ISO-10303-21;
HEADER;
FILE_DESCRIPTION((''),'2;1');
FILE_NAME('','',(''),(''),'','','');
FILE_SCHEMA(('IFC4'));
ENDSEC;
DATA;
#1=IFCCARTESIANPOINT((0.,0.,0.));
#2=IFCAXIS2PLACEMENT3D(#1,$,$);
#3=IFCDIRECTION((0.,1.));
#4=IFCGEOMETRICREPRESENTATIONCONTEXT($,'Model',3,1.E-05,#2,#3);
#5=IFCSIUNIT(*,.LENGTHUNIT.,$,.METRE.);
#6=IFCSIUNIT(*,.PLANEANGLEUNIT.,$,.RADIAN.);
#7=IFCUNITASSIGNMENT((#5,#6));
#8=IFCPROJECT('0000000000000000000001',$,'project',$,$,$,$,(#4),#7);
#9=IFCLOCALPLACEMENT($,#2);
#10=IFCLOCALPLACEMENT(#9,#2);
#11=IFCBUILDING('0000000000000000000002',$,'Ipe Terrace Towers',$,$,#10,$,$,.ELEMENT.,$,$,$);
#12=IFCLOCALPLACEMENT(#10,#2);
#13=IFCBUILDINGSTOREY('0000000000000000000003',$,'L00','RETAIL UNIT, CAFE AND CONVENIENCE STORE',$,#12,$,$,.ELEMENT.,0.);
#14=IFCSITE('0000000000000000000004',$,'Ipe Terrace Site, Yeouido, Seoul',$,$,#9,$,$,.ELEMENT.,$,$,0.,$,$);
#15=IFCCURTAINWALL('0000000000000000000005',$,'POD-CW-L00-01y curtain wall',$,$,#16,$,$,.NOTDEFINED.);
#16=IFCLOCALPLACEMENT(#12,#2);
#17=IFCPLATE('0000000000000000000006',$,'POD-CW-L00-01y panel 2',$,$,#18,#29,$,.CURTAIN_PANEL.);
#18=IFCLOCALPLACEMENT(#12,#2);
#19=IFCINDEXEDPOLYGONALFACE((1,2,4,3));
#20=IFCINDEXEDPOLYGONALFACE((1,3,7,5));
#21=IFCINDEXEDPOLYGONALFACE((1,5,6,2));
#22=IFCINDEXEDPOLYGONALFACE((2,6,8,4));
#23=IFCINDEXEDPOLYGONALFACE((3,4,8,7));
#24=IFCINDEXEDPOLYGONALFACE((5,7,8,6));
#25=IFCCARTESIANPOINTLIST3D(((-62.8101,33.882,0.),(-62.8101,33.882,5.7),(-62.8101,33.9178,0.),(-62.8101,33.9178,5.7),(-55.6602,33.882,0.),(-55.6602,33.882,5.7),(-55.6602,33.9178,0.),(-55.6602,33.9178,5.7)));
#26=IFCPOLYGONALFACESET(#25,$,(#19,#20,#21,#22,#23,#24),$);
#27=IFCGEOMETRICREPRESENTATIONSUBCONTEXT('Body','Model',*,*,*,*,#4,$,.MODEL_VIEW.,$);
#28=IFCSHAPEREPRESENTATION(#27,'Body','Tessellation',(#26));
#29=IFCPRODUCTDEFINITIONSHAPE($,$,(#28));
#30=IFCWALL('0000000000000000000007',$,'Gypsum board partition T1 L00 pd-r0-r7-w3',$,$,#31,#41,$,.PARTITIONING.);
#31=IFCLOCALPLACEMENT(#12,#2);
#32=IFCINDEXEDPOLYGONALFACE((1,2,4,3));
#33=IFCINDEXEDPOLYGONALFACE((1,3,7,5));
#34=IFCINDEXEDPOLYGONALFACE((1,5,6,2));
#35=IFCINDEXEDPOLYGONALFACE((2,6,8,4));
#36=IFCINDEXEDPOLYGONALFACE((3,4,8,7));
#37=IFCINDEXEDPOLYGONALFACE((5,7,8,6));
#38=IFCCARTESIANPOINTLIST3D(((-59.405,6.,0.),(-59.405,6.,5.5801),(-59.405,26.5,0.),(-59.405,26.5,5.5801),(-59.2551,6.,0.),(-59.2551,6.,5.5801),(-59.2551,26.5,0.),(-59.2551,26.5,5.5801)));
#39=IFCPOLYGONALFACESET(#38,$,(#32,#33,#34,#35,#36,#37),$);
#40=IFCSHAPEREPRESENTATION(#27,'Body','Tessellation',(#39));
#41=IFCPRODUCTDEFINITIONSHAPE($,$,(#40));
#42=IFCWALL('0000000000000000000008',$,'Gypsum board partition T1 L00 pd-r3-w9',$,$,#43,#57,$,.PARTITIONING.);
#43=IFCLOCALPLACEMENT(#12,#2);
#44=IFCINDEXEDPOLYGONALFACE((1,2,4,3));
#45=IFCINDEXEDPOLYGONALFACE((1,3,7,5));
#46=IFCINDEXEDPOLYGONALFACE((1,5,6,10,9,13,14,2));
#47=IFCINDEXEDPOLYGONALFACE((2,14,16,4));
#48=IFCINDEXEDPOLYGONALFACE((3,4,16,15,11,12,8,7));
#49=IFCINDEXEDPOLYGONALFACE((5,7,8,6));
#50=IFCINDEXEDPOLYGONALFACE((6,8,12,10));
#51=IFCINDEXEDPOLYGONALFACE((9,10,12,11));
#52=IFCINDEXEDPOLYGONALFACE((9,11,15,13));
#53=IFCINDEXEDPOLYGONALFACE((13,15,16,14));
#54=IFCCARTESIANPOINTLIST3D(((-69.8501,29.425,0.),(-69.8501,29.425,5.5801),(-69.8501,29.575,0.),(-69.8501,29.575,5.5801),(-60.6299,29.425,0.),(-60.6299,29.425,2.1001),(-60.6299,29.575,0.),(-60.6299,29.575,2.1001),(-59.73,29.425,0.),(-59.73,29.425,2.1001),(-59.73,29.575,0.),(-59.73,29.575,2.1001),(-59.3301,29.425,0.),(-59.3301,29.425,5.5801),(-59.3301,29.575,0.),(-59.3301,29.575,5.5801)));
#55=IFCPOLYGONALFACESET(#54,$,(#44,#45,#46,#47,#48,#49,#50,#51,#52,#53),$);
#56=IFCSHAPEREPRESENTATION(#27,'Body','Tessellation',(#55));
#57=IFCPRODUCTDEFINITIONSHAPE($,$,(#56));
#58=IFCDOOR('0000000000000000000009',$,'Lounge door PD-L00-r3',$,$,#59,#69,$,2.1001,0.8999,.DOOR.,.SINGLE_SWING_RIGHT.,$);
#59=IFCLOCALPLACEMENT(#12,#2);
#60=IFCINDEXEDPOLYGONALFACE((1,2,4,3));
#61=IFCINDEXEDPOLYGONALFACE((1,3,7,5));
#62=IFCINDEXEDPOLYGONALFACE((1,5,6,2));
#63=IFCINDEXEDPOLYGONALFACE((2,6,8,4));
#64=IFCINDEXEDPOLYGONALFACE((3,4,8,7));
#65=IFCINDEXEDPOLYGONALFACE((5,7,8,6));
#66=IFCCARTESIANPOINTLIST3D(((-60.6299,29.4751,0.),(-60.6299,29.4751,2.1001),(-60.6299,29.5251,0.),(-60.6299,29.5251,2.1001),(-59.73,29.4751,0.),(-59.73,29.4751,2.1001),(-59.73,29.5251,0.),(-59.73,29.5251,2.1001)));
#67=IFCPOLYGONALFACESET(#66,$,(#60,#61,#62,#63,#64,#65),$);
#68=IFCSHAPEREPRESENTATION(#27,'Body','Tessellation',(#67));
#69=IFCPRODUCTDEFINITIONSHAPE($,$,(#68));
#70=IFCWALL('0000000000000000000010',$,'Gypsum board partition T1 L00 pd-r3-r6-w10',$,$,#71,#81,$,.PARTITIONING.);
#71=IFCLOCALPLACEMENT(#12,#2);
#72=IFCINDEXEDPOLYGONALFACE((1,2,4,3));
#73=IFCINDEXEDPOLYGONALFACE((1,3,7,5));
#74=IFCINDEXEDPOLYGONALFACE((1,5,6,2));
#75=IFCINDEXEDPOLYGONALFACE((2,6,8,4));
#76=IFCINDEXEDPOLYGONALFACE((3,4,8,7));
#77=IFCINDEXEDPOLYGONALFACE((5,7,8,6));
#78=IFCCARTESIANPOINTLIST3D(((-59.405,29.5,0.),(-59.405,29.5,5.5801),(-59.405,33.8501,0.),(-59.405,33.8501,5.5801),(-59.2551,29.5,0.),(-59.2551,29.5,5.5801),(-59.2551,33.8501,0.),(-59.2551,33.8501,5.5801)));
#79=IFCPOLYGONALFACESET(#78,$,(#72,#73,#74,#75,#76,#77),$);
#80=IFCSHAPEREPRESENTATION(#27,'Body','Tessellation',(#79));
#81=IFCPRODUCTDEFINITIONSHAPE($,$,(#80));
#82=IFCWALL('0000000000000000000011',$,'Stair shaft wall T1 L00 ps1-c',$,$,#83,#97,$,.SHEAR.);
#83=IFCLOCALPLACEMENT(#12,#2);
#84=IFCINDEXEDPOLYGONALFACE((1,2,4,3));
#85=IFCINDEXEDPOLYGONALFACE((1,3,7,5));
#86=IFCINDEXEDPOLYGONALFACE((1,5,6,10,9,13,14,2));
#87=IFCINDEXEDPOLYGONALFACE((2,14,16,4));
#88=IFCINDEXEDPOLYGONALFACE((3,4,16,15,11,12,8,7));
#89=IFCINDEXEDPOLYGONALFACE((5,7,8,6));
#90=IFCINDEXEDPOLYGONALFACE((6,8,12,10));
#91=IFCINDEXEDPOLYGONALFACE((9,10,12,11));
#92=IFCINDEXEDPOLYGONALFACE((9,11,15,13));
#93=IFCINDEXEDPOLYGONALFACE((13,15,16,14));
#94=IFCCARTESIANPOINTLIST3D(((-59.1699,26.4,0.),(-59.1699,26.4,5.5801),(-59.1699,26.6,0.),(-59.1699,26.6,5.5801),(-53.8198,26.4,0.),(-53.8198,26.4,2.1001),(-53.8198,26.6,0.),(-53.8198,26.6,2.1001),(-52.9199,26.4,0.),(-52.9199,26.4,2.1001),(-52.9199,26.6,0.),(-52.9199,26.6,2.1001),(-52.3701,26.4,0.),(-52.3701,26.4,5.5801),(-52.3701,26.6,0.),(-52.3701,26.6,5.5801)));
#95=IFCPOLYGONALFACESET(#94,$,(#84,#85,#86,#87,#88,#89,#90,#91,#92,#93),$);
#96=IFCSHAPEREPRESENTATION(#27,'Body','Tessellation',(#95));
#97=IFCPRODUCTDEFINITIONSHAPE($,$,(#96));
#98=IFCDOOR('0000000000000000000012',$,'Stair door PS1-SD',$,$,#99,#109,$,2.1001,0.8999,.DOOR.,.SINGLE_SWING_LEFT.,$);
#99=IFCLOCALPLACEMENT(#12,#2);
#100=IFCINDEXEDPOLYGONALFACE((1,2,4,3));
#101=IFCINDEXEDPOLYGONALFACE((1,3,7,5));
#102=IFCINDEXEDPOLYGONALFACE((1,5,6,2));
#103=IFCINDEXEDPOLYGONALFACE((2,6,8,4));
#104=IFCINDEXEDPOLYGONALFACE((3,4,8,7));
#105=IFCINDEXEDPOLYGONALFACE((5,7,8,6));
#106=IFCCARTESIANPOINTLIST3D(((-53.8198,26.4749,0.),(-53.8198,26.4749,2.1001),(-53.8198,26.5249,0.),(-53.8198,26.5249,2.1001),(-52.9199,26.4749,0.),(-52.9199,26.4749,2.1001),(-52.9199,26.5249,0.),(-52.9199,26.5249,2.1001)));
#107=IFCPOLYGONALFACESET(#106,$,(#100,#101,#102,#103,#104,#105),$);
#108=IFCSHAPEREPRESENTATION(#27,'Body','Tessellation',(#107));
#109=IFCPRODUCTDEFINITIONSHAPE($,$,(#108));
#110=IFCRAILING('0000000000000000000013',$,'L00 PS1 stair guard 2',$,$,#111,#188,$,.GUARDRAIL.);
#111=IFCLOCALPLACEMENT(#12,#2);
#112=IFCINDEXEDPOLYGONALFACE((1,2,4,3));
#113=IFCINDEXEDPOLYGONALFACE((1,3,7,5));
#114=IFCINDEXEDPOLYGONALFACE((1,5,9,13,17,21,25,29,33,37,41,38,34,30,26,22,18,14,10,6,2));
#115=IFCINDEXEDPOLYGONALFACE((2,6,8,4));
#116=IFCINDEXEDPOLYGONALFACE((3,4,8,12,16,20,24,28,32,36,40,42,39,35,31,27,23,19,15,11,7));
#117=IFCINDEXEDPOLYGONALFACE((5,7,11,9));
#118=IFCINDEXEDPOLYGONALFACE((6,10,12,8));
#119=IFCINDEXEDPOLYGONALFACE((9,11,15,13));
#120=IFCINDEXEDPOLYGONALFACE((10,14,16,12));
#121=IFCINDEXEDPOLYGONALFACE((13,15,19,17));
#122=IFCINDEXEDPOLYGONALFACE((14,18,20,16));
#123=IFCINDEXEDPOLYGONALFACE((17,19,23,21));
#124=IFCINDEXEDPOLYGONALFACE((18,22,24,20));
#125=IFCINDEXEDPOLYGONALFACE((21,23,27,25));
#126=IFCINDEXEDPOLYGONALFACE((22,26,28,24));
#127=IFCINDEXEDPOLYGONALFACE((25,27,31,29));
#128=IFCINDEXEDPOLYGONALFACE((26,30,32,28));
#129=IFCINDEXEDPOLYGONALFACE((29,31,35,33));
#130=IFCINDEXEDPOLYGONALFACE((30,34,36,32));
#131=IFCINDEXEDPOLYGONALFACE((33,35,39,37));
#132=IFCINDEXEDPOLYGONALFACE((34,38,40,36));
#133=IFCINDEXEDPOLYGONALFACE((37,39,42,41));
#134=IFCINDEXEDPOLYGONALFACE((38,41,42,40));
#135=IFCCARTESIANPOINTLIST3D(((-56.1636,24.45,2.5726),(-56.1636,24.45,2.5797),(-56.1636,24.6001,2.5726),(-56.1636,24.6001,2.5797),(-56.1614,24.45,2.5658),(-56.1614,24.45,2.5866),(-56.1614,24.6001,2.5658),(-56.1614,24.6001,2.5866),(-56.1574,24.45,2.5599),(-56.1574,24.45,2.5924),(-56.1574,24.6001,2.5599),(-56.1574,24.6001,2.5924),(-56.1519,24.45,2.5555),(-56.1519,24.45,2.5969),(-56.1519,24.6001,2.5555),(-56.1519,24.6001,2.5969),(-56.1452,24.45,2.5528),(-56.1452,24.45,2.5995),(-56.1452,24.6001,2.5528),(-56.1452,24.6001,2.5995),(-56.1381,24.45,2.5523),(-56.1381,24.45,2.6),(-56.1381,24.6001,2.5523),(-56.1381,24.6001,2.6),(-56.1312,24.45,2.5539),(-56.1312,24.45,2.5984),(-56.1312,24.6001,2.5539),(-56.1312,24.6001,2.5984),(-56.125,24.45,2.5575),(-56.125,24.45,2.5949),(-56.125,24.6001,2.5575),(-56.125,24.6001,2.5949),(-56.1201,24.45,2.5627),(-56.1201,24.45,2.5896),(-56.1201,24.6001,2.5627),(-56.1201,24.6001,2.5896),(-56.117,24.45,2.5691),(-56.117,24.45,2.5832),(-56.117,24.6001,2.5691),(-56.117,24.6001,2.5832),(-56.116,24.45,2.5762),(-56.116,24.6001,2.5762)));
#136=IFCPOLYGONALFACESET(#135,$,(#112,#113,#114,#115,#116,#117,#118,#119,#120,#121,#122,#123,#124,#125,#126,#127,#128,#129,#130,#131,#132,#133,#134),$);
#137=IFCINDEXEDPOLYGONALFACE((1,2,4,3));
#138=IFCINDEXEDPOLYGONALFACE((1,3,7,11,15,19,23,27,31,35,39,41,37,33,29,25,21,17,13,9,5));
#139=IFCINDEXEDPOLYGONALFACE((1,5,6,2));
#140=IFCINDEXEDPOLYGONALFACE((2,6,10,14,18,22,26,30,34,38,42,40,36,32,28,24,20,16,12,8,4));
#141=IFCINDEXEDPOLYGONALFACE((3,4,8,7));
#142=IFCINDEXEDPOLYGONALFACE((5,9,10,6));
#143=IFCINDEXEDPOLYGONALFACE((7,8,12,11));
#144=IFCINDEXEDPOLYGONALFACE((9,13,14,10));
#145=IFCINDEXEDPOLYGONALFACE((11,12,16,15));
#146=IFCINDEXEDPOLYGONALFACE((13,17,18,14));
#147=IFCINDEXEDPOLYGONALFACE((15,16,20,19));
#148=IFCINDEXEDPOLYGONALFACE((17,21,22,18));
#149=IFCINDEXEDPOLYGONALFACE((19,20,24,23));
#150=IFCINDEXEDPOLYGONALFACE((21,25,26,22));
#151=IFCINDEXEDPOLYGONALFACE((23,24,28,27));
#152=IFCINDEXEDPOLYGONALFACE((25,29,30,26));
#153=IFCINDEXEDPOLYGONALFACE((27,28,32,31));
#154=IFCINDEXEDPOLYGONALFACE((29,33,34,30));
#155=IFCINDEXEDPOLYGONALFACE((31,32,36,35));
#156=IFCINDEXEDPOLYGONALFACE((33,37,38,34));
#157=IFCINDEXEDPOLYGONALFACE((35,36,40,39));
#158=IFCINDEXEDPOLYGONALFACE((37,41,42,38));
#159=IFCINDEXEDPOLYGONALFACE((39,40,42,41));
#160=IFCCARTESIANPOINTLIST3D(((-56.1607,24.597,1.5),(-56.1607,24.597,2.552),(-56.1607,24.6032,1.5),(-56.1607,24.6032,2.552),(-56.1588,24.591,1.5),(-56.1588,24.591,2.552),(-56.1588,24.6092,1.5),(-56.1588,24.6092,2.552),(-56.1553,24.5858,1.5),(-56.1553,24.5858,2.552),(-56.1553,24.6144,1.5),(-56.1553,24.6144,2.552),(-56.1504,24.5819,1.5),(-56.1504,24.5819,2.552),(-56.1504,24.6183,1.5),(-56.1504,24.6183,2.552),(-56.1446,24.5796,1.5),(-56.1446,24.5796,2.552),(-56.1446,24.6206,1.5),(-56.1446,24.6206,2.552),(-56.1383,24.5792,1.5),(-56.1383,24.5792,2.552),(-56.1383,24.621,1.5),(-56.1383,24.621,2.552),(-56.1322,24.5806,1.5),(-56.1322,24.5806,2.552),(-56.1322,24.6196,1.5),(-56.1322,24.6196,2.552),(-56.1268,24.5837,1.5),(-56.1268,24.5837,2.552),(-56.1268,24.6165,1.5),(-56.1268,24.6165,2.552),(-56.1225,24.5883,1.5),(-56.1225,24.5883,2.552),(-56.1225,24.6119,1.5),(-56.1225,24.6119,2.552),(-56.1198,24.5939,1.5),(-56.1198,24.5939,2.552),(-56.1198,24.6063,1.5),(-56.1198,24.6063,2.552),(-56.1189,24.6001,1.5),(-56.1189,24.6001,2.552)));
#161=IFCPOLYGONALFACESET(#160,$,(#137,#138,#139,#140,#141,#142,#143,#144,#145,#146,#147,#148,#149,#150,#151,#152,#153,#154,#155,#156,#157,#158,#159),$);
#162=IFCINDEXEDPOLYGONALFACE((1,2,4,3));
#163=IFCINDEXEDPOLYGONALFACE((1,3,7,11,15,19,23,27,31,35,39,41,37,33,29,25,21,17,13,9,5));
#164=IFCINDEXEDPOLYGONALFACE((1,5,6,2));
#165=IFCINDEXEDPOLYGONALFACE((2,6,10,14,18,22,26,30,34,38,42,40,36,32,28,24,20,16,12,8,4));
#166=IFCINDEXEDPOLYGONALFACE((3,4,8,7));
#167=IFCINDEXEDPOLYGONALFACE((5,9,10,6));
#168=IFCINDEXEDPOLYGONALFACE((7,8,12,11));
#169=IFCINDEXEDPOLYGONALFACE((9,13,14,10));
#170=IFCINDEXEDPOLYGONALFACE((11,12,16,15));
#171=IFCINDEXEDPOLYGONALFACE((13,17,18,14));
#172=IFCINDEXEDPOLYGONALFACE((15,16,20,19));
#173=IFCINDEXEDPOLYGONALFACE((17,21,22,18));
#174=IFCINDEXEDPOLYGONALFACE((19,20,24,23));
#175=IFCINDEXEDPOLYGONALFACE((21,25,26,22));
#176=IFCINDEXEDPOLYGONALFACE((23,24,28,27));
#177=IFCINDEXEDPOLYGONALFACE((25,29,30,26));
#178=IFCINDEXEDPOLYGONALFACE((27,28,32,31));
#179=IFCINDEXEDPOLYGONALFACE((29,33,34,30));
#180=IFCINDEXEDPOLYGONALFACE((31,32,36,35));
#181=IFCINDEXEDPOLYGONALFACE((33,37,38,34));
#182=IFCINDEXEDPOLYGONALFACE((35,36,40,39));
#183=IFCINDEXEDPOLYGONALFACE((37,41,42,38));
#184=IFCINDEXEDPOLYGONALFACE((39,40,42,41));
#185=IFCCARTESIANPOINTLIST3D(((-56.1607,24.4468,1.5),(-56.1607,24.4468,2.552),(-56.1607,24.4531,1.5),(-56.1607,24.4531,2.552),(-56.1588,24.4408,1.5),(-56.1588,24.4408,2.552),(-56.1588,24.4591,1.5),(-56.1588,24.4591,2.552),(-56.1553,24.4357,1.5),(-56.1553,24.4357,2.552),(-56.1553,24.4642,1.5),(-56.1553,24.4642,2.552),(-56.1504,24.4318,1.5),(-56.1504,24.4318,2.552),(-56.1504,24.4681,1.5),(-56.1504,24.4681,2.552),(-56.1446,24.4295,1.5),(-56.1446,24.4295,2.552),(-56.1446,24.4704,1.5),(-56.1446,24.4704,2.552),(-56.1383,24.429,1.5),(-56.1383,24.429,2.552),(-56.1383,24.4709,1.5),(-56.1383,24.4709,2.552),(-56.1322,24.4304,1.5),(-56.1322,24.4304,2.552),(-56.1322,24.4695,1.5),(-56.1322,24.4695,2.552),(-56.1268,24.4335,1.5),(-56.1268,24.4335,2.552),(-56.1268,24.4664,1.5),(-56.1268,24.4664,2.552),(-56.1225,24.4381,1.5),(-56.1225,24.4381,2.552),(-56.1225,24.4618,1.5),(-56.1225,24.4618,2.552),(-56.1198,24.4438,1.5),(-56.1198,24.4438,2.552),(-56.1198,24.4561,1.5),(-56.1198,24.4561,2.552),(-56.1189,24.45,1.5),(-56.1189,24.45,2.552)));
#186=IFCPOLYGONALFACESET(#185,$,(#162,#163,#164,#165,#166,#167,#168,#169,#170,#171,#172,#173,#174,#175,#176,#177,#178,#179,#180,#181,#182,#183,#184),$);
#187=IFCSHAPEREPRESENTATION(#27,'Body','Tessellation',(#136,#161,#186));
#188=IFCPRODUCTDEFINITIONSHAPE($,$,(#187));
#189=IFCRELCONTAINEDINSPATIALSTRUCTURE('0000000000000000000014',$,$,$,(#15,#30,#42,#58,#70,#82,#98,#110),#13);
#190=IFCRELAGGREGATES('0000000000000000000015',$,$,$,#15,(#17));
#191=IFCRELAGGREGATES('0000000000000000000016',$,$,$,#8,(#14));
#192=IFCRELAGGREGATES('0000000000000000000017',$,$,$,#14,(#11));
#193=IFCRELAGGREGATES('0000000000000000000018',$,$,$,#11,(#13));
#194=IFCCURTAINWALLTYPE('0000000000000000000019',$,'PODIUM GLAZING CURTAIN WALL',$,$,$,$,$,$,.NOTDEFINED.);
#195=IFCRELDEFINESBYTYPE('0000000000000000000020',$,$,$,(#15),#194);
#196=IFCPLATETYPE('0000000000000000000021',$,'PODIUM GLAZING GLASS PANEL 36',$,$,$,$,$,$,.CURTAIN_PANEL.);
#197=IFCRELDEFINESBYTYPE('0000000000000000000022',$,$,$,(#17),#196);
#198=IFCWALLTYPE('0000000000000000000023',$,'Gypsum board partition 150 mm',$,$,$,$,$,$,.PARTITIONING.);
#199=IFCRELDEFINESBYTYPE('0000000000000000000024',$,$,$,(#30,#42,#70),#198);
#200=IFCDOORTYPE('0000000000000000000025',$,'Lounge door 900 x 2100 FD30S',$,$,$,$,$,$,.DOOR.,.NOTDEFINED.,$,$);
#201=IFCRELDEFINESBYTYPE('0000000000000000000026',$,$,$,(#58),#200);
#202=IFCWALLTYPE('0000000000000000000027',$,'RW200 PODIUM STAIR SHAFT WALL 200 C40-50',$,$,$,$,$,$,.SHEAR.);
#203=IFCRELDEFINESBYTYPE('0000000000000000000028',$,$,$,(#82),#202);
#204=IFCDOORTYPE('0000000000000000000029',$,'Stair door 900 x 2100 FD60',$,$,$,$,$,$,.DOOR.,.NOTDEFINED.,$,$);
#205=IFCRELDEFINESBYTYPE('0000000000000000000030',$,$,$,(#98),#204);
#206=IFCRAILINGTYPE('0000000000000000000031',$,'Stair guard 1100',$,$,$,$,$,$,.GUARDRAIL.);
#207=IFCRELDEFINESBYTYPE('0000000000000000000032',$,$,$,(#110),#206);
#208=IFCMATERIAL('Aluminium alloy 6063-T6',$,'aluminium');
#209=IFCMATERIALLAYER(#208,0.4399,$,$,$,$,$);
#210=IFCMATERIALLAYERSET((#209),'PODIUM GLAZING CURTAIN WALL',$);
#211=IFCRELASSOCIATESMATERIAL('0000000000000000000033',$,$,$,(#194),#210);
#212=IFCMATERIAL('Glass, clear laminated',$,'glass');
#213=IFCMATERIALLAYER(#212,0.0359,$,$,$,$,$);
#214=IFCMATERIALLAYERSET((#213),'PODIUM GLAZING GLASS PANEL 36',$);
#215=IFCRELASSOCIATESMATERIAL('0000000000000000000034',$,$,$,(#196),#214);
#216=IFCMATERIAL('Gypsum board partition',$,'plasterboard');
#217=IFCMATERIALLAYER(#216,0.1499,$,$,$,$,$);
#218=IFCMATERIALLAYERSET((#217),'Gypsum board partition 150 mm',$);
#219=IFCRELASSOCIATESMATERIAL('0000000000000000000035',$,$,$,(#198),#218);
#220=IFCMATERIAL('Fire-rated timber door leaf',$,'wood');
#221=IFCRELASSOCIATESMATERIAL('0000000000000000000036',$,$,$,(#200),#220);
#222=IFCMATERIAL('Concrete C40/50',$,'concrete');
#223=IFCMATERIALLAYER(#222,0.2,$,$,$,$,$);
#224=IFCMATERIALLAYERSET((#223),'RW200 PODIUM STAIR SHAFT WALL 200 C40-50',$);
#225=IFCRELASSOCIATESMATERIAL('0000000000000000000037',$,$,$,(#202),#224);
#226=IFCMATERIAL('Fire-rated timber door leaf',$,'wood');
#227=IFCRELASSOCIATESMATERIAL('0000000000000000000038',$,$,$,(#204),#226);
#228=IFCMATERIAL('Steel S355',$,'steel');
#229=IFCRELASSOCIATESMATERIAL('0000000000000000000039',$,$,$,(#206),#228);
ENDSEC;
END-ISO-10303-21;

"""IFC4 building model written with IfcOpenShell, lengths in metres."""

from ifc_helpers import new_model, si_unit, direction, frame, frame_2d, origin, origin_2d, place, context, subcontext, project, spatial, rectangle, circle, extrude, material, layer, layer_set, type_object, element, fill, aggregate, save


model = new_model("IFC4")

# Units and contexts
model_context = context("Model", 3, precision=1e-05, world=origin(), true_north=direction((0.0, 1.0)))
body_context = subcontext(model_context, "Body", "Model", "MODEL_VIEW")
ifc_project = project(units=[si_unit("LENGTHUNIT", "METRE"), si_unit("PLANEANGLEUNIT", "RADIAN")], contexts=[model_context])

# Site, building, storey
site_placement = place(None, origin())
site = spatial("IfcSite", under=ifc_project, at=site_placement, Name="Ipe Terrace Site, Yeouido, Seoul", CompositionType="ELEMENT", RefElevation=0.0)
building_placement = place(site_placement, origin())
building = spatial("IfcBuilding", under=site, at=building_placement, Name="Ipe Terrace Towers", CompositionType="ELEMENT")
storey_placement = place(building_placement, origin())
storey = spatial("IfcBuildingStorey", under=building, at=storey_placement, Name="L00", Description="RETAIL UNIT, CAFE AND CONVENIENCE STORE", CompositionType="ELEMENT", Elevation=0.0)

# Curtain wall, plate
ifc_material_1 = material(Name="Aluminium alloy 6063-T6", Category="aluminium")
ifc_layer_1 = layer(ifc_material_1, 0.4399)
ifc_layer_set_1 = layer_set([ifc_layer_1], Name="PODIUM GLAZING CURTAIN WALL")
curtain_wall_type = type_object("IfcCurtainWallType", Name="PODIUM GLAZING CURTAIN WALL", PredefinedType="NOTDEFINED", material=ifc_layer_set_1)
curtain_wall_placement = place(storey_placement, origin())
curtain_wall = element("IfcCurtainWall", 1, at=curtain_wall_placement, inside=storey, type_object=curtain_wall_type, Name="POD-CW-L00-01y curtain wall", PredefinedType="NOTDEFINED")
ifc_material_2 = material(Name="Glass, clear laminated", Category="glass")
ifc_layer_2 = layer(ifc_material_2, 0.0359)
ifc_layer_set_2 = layer_set([ifc_layer_2], Name="PODIUM GLAZING GLASS PANEL 36")
plate_type = type_object("IfcPlateType", Name="PODIUM GLAZING GLASS PANEL 36", PredefinedType="CURTAIN_PANEL", material=ifc_layer_set_2)
plate_placement = place(storey_placement, frame((-59.2351, 33.8999, 0.0), z_axis=(0.0, 0.0, 1.0), x_axis=(-1.0, 0.0, 0.0)))
plate = element("IfcPlate", 2, at=plate_placement, type_object=plate_type, Name="POD-CW-L00-01y panel 2", PredefinedType="CURTAIN_PANEL", context=body_context, shape_type="SweptSolid", body=[
    extrude(rectangle(XDim=7.1499, YDim=0.0359, at=origin_2d()), origin(), (0.0, 0.0, 1.0), 5.7),
])
aggregate(curtain_wall, [plate])

# Wall
ifc_material_3 = material(Name="Gypsum board partition", Category="plasterboard")
ifc_layer_3 = layer(ifc_material_3, 0.1499)
ifc_layer_set_3 = layer_set([ifc_layer_3], Name="Gypsum board partition 150 mm")
wall_type_1 = type_object("IfcWallType", Name="Gypsum board partition 150 mm", PredefinedType="PARTITIONING", material=ifc_layer_set_3)
wall_1_placement = place(storey_placement, frame((-59.3301, 26.5, 0.0), z_axis=(0.0, 0.0, 1.0), x_axis=(0.0, -1.0, 0.0)))
element("IfcWall", 3, at=wall_1_placement, inside=storey, type_object=wall_type_1, Name="Gypsum board partition T1 L00 pd-r0-r7-w3", PredefinedType="PARTITIONING", context=body_context, shape_type="SweptSolid", body=[
    extrude(rectangle(XDim=20.5, YDim=0.1499, at=frame_2d((10.25, 0.0))), origin(), (0.0, 0.0, 1.0), 5.5801),
])

# Wall, opening, door
wall_2_placement = place(storey_placement, frame((-59.3301, 29.5, 0.0), z_axis=(0.0, 0.0, 1.0), x_axis=(-1.0, 0.0, 0.0)))
wall_2 = element("IfcWall", 4, at=wall_2_placement, inside=storey, type_object=wall_type_1, Name="Gypsum board partition T1 L00 pd-r3-w9", PredefinedType="PARTITIONING", context=body_context, shape_type="SweptSolid", body=[
    extrude(rectangle(XDim=10.52, YDim=0.1499, at=frame_2d((5.26, 0.0))), origin(), (0.0, 0.0, 1.0), 5.5801),
])
opening_1_placement = place(wall_2_placement, frame((0.3999, 0.0, 0.0)))
opening_1 = element("IfcOpeningElement", 5, at=opening_1_placement, cuts=wall_2, PredefinedType="OPENING", context=body_context, shape_type="SweptSolid", body=[
    extrude(rectangle(XDim=0.8999, YDim=2.1001, at=frame_2d((0.45, 1.05))), frame((0.0, 0.085, 0.0), z_axis=(0.0, -1.0, 0.0), x_axis=(1.0, 0.0, 0.0)), (0.0, 0.0, 1.0), 0.1699),
])
ifc_material_4 = material(Name="Fire-rated timber door leaf", Category="wood")
door_type_1 = type_object("IfcDoorType", Name="Lounge door 900 x 2100 FD30S", OperationType="NOTDEFINED", PredefinedType="DOOR", material=ifc_material_4)
door_1_placement = place(opening_1_placement, origin())
door_1 = element("IfcDoor", 6, at=door_1_placement, inside=storey, type_object=door_type_1, Name="Lounge door PD-L00-r3", OperationType="SINGLE_SWING_RIGHT", OverallHeight=2.1001, OverallWidth=0.8999, PredefinedType="DOOR", context=body_context, shape_type="SweptSolid", body=[
    extrude(rectangle(XDim=0.8999, YDim=2.1001, at=frame_2d((0.45, 1.05))), frame((0.0, 0.0249, 0.0), z_axis=(0.0, -1.0, 0.0), x_axis=(1.0, 0.0, 0.0)), (0.0, 0.0, 1.0), 0.05),
])
fill(opening_1, door_1)

# Wall
wall_3_placement = place(storey_placement, frame((-59.3301, 33.8501, 0.0), z_axis=(0.0, 0.0, 1.0), x_axis=(0.0, -1.0, 0.0)))
element("IfcWall", 7, at=wall_3_placement, inside=storey, type_object=wall_type_1, Name="Gypsum board partition T1 L00 pd-r3-r6-w10", PredefinedType="PARTITIONING", context=body_context, shape_type="SweptSolid", body=[
    extrude(rectangle(XDim=4.3501, YDim=0.1499, at=frame_2d((2.175, 0.0))), origin(), (0.0, 0.0, 1.0), 5.5801),
])

# Wall, opening, door
ifc_material_5 = material(Name="Concrete C40/50", Category="concrete")
ifc_layer_4 = layer(ifc_material_5, 0.2)
ifc_layer_set_4 = layer_set([ifc_layer_4], Name="RW200 PODIUM STAIR SHAFT WALL 200 C40-50")
wall_type_2 = type_object("IfcWallType", Name="RW200 PODIUM STAIR SHAFT WALL 200 C40-50", PredefinedType="SHEAR", material=ifc_layer_set_4)
wall_4_placement = place(storey_placement, frame((-59.1699, 26.5, 0.0), z_axis=(0.0, 0.0, 1.0), x_axis=(1.0, 0.0, 0.0)))
wall_4 = element("IfcWall", 8, at=wall_4_placement, inside=storey, type_object=wall_type_2, Name="Stair shaft wall T1 L00 ps1-c", PredefinedType="SHEAR", context=body_context, shape_type="SweptSolid", body=[
    extrude(rectangle(XDim=6.7998, YDim=0.2, at=frame_2d((3.3999, 0.0))), origin(), (0.0, 0.0, 1.0), 5.5801),
])
opening_2_placement = place(wall_4_placement, frame((5.3501, 0.0, 0.0)))
opening_2 = element("IfcOpeningElement", 9, at=opening_2_placement, cuts=wall_4, PredefinedType="OPENING", context=body_context, shape_type="SweptSolid", body=[
    extrude(rectangle(XDim=0.8999, YDim=2.1001, at=frame_2d((0.45, 1.05))), frame((0.0, 0.1099, 0.0), z_axis=(0.0, -1.0, 0.0), x_axis=(1.0, 0.0, 0.0)), (0.0, 0.0, 1.0), 0.22),
])
ifc_material_6 = material(Name="Fire-rated timber door leaf", Category="wood")
door_type_2 = type_object("IfcDoorType", Name="Stair door 900 x 2100 FD60", OperationType="NOTDEFINED", PredefinedType="DOOR", material=ifc_material_6)
door_2_placement = place(opening_2_placement, origin())
door_2 = element("IfcDoor", 10, at=door_2_placement, inside=storey, type_object=door_type_2, Name="Stair door PS1-SD", OperationType="SINGLE_SWING_LEFT", OverallHeight=2.1001, OverallWidth=0.8999, PredefinedType="DOOR", context=body_context, shape_type="SweptSolid", body=[
    extrude(rectangle(XDim=0.8999, YDim=2.1001, at=frame_2d((0.45, 1.05))), frame((0.0, 0.0249, 0.0), z_axis=(0.0, -1.0, 0.0), x_axis=(1.0, 0.0, 0.0)), (0.0, 0.0, 1.0), 0.05),
])
fill(opening_2, door_2)

# Railing
ifc_material_7 = material(Name="Steel S355", Category="steel")
railing_type_1 = type_object("IfcRailingType", Name="Stair guard 1100", PredefinedType="GUARDRAIL", material=ifc_material_7)
railing_1_placement = place(storey_placement, frame((-56.1399, 24.6001, 1.5)))
element("IfcRailing", 11, at=railing_1_placement, inside=storey, type_object=railing_type_1, Name="L00 PS1 stair guard 2", PredefinedType="GUARDRAIL", context=body_context, shape_type="SweptSolid", body=[
    extrude(circle(Radius=0.0239, at=origin_2d()), frame((0.0, 0.0, 1.0762), z_axis=(0.0, -1.0, 0.0), x_axis=(1.0, 0.0, 0.0)), (0.0, 0.0, 1.0), 0.1501),
    extrude(circle(Radius=0.021, at=origin_2d()), origin(), (0.0, 0.0, 1.0), 1.052),
    extrude(circle(Radius=0.021, at=origin_2d()), frame((0.0, -0.1501, 0.0)), (0.0, 0.0, 1.0), 1.052),
])

save(model, "model.ifc")
